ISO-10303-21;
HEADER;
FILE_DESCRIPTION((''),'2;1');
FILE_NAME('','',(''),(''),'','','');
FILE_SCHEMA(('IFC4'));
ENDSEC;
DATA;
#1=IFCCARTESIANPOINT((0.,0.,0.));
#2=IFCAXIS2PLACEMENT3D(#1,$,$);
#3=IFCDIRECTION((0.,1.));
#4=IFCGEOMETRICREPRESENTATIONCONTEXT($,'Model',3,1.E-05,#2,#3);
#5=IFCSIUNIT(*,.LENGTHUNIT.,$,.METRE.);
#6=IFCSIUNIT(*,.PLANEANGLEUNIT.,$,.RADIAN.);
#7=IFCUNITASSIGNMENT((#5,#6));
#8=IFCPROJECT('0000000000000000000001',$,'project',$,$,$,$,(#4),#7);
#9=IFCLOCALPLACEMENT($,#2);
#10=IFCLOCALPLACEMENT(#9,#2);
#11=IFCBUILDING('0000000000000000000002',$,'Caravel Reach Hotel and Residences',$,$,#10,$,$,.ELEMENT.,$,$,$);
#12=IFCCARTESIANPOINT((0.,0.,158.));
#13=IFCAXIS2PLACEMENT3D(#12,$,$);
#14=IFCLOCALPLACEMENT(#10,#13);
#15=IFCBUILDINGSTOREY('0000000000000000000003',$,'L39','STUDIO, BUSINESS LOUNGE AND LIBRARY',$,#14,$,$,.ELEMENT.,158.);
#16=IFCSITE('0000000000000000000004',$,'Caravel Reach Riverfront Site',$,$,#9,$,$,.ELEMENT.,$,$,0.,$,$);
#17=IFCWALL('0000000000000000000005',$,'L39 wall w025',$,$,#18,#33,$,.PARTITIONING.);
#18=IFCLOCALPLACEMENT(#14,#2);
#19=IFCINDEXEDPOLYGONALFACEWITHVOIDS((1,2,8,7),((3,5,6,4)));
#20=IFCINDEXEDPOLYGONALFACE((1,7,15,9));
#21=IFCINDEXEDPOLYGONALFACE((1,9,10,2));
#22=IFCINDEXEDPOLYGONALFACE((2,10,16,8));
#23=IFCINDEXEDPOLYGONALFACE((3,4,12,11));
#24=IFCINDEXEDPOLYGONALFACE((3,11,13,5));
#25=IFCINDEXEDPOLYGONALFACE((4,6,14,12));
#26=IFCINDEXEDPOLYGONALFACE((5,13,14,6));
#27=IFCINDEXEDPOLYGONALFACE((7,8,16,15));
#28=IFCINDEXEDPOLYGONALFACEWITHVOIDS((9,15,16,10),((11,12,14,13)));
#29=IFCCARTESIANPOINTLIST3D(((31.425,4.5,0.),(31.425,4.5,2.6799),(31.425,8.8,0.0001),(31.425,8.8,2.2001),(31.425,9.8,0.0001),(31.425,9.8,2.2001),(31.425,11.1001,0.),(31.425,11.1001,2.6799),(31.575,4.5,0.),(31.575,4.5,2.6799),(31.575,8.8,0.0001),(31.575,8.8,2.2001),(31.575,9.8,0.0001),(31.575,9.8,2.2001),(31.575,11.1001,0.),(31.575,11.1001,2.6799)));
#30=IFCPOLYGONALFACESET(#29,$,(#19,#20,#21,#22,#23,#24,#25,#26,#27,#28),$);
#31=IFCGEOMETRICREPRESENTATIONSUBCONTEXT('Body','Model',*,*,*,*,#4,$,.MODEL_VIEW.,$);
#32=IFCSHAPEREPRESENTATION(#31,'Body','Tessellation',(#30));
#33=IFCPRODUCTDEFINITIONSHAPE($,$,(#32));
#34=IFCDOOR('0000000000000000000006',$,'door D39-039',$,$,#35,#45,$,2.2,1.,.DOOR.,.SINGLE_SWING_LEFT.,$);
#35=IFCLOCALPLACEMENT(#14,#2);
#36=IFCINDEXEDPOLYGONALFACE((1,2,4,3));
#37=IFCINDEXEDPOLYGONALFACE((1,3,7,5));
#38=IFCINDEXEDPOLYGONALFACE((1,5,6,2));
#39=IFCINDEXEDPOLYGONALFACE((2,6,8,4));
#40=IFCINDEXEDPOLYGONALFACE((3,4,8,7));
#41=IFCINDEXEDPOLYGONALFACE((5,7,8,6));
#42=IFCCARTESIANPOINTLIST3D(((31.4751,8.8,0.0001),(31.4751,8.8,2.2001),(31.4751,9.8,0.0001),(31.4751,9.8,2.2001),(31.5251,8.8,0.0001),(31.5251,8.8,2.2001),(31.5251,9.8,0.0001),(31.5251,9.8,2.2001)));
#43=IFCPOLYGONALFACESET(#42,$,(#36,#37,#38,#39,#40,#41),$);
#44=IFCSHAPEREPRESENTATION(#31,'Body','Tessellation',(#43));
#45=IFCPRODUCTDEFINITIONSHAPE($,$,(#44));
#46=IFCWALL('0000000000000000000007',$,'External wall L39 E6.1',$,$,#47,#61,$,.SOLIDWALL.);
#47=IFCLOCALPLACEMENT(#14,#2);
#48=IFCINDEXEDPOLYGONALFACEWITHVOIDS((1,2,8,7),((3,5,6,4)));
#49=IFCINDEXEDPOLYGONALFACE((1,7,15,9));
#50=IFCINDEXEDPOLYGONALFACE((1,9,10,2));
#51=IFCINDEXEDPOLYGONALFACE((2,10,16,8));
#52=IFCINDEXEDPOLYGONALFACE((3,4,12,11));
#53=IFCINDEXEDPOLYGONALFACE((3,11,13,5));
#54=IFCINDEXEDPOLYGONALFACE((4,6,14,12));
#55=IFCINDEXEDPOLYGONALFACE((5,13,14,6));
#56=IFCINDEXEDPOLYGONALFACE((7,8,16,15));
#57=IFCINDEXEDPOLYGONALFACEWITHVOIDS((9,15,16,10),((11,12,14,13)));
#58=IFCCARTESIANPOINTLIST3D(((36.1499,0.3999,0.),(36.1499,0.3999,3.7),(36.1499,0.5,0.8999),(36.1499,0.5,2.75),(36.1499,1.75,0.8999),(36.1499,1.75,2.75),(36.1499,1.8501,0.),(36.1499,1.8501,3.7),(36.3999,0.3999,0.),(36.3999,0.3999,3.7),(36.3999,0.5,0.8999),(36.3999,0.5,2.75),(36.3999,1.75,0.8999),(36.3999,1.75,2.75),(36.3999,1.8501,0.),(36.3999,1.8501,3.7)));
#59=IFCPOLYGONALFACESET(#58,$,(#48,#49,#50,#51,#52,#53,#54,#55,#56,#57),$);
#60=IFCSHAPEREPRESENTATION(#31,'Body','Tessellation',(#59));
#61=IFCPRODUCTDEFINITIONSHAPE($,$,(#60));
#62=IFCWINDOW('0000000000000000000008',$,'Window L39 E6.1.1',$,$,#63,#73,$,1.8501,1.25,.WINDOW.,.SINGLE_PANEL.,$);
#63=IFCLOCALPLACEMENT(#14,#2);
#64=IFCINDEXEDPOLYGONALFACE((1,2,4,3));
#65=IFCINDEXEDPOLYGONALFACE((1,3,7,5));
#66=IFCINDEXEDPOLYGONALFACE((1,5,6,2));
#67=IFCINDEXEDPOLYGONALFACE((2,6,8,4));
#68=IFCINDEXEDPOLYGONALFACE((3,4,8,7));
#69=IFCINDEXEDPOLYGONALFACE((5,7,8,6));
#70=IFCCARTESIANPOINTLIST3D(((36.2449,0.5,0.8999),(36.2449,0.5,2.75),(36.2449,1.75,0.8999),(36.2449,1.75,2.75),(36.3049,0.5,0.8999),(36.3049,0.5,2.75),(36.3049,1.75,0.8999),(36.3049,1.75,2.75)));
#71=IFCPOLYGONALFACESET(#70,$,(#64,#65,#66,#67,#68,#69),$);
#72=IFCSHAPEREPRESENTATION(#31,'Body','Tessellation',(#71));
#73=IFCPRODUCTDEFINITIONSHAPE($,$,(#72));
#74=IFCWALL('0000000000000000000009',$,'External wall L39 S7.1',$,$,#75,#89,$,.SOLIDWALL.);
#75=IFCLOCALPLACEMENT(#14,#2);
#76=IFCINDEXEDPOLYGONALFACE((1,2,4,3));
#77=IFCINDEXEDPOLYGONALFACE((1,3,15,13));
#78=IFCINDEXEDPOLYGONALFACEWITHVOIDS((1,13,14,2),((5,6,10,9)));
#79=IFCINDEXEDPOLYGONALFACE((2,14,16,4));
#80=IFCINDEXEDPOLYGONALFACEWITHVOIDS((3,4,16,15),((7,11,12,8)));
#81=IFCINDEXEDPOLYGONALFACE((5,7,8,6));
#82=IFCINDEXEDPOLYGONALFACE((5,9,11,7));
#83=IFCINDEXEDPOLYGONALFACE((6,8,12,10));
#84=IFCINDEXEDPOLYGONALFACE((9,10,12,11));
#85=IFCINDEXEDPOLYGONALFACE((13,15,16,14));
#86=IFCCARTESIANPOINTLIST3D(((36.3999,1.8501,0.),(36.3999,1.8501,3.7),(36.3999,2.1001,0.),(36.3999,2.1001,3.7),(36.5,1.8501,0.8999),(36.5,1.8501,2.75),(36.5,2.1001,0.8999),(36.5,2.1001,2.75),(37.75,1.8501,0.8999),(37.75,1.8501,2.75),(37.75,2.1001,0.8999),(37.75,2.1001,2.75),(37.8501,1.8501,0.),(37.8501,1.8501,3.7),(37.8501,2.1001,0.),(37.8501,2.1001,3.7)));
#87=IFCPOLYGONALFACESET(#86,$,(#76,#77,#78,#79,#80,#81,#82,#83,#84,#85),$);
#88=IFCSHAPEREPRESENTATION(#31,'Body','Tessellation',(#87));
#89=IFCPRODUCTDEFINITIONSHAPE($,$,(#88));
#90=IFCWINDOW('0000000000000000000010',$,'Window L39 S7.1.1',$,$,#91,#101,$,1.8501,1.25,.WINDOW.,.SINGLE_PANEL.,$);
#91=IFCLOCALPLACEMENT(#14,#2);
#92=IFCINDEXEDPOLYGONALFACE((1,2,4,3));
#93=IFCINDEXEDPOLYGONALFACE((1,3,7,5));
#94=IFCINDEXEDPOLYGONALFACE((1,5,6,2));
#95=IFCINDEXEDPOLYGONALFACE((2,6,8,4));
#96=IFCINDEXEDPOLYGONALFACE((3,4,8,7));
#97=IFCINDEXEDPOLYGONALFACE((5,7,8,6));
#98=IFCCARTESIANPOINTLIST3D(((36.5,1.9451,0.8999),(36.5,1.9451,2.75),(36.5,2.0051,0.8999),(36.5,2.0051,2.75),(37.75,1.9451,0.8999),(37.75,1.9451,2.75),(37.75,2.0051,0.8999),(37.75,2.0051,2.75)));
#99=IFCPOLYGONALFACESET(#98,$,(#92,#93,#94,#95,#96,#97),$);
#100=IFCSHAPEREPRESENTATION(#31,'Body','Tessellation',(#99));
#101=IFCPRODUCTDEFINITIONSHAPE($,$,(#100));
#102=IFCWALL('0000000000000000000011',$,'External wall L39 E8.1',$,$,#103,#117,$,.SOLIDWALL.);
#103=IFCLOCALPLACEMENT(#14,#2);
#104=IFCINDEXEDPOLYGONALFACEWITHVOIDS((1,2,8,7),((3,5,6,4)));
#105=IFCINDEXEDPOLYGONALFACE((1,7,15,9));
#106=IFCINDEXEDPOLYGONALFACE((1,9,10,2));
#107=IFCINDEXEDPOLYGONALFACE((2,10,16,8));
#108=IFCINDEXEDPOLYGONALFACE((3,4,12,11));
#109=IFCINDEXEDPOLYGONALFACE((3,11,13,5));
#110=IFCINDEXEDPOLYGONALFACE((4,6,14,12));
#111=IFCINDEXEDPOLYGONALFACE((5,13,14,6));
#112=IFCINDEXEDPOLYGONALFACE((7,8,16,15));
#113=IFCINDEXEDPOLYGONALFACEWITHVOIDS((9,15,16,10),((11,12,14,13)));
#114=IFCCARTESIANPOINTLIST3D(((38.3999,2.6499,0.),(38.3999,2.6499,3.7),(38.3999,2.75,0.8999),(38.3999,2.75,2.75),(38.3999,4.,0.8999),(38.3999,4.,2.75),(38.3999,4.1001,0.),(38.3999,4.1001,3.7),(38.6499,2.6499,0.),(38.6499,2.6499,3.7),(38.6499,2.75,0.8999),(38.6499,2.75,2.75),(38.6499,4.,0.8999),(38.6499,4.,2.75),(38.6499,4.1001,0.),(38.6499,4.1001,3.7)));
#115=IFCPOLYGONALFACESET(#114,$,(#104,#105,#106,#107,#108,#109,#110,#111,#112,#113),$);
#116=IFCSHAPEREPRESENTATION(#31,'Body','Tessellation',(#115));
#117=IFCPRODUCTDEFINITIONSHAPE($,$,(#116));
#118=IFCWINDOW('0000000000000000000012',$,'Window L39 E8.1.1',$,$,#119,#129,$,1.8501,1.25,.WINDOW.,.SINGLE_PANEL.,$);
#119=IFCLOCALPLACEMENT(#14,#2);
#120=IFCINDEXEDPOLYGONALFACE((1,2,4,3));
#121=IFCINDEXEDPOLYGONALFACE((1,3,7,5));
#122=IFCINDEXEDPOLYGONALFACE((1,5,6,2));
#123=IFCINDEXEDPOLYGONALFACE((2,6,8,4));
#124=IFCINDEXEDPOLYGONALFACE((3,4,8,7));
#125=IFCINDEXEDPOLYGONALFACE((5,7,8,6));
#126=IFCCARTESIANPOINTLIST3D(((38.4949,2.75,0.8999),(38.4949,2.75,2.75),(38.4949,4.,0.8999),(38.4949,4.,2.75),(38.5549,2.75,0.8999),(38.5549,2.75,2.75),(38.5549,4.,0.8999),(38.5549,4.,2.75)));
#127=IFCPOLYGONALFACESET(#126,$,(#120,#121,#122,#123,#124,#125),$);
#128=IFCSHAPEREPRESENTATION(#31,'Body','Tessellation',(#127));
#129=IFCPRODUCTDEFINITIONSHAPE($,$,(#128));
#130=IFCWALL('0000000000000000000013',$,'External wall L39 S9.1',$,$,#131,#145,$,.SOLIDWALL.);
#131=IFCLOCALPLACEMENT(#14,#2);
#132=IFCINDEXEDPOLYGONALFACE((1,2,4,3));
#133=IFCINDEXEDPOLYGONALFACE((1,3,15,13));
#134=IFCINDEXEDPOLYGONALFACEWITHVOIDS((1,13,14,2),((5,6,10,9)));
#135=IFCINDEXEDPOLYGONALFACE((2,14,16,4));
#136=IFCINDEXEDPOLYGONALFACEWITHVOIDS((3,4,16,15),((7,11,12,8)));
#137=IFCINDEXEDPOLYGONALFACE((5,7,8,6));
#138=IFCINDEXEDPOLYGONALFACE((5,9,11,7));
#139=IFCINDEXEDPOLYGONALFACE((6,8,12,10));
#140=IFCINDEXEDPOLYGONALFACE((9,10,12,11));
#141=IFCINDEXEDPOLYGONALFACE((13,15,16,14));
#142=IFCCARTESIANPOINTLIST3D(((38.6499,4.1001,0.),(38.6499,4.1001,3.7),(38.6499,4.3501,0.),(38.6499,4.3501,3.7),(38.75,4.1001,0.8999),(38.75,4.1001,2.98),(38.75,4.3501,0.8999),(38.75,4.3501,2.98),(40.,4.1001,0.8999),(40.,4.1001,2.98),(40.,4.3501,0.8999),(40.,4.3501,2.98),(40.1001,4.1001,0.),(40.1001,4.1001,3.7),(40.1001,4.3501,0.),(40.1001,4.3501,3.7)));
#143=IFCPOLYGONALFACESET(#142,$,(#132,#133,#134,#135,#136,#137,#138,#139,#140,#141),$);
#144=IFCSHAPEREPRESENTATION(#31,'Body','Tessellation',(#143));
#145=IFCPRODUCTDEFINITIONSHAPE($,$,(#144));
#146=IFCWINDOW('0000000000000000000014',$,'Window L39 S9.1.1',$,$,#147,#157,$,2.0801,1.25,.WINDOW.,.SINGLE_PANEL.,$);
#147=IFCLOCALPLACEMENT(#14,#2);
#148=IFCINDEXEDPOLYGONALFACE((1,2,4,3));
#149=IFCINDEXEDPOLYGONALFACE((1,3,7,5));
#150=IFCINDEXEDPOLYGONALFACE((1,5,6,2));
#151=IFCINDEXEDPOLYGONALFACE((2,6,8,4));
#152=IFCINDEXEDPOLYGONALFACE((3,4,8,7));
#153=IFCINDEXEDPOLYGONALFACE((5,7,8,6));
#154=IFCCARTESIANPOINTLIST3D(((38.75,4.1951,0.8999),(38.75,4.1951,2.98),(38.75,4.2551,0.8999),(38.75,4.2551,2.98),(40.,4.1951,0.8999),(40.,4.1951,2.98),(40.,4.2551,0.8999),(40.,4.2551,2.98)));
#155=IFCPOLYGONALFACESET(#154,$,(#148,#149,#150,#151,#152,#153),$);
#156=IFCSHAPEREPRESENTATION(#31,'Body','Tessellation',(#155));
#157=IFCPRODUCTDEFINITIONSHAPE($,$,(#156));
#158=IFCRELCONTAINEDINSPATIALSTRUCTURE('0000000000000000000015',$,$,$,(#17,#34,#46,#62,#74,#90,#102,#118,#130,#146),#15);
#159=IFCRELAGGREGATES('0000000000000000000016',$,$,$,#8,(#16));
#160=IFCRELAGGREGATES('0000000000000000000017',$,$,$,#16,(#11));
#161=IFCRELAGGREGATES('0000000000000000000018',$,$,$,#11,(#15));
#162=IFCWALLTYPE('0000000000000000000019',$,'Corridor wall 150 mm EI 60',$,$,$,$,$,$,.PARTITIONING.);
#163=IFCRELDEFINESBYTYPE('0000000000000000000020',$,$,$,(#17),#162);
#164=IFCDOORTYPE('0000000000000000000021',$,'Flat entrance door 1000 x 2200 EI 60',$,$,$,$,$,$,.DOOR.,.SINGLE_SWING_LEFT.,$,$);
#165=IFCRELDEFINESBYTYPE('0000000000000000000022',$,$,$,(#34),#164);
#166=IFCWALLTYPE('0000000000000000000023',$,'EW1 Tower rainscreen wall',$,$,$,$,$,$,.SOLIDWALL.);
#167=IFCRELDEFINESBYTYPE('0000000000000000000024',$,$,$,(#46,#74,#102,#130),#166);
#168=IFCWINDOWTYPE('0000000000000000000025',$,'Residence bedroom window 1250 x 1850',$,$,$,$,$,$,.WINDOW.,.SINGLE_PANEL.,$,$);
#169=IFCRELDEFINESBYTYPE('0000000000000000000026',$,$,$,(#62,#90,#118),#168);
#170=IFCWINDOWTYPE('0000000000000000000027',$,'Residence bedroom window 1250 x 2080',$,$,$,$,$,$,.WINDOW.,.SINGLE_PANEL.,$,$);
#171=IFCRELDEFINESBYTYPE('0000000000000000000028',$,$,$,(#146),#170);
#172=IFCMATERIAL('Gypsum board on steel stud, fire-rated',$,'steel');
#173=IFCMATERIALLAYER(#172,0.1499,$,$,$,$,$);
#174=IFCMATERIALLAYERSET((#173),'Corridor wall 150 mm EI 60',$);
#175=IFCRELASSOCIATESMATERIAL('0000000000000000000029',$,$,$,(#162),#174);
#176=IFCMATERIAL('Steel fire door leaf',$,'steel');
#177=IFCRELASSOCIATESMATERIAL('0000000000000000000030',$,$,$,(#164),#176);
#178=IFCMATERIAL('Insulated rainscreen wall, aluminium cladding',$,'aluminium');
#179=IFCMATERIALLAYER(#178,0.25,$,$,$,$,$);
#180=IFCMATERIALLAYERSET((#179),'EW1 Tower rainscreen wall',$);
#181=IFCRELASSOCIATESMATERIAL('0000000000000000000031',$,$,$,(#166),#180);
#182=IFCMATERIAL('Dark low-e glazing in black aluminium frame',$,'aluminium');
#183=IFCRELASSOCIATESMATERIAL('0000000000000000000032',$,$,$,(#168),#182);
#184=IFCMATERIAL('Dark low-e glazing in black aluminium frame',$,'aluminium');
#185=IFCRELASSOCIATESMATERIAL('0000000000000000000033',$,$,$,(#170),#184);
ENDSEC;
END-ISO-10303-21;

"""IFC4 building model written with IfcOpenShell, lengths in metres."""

from ifc_helpers import new_model, si_unit, direction, frame, frame_2d, origin, place, context, subcontext, project, spatial, rectangle, extrude, material, layer, layer_set, type_object, element, fill, save


model = new_model("IFC4")

# Units and contexts
model_context = context("Model", 3, precision=1e-05, world=origin(), true_north=direction((0.0, 1.0)))
body_context = subcontext(model_context, "Body", "Model", "MODEL_VIEW")
ifc_project = project(units=[si_unit("LENGTHUNIT", "METRE"), si_unit("PLANEANGLEUNIT", "RADIAN")], contexts=[model_context])

# Site, building, storey
site_placement = place(None, origin())
site = spatial("IfcSite", under=ifc_project, at=site_placement, Name="Caravel Reach Riverfront Site", CompositionType="ELEMENT", RefElevation=0.0)
building_placement = place(site_placement, origin())
building = spatial("IfcBuilding", under=site, at=building_placement, Name="Caravel Reach Hotel and Residences", CompositionType="ELEMENT")
storey_placement = place(building_placement, frame((0.0, 0.0, 158.0)))
storey = spatial("IfcBuildingStorey", under=building, at=storey_placement, Name="L39", Description="STUDIO, BUSINESS LOUNGE AND LIBRARY", CompositionType="ELEMENT", Elevation=158.0)

# Wall, opening, door
ifc_material_1 = material(Name="Gypsum board on steel stud, fire-rated", Category="steel")
ifc_layer_1 = layer(ifc_material_1, 0.1499)
ifc_layer_set_1 = layer_set([ifc_layer_1], Name="Corridor wall 150 mm EI 60")
wall_type_1 = type_object("IfcWallType", Name="Corridor wall 150 mm EI 60", PredefinedType="PARTITIONING", material=ifc_layer_set_1)
wall_1_placement = place(storey_placement, frame((31.5, 4.5, 0.0), z_axis=(0.0, 0.0, 1.0), x_axis=(0.0, 1.0, 0.0)))
wall_1 = element("IfcWall", 1, at=wall_1_placement, inside=storey, type_object=wall_type_1, Name="L39 wall w025", PredefinedType="PARTITIONING", context=body_context, shape_type="SweptSolid", body=[
    extrude(rectangle(XDim=6.6001, YDim=0.1499, at=frame_2d((3.3, 0.0))), origin(), (0.0, 0.0, 1.0), 2.6799),
])
opening_1_placement = place(wall_1_placement, frame((4.3, 0.0, 0.0)))
opening_1 = element("IfcOpeningElement", 2, at=opening_1_placement, cuts=wall_1, PredefinedType="OPENING", context=body_context, shape_type="SweptSolid", body=[
    extrude(rectangle(XDim=1.0, YDim=2.2, at=frame_2d((0.5, 1.1001))), frame((0.0, 0.085, 0.0), z_axis=(0.0, -1.0, 0.0), x_axis=(1.0, 0.0, 0.0)), (0.0, 0.0, 1.0), 0.1699),
])
ifc_material_2 = material(Name="Steel fire door leaf", Category="steel")
door_type_1 = type_object("IfcDoorType", Name="Flat entrance door 1000 x 2200 EI 60", OperationType="SINGLE_SWING_LEFT", PredefinedType="DOOR", material=ifc_material_2)
door_1_placement = place(opening_1_placement, origin())
door_1 = element("IfcDoor", 3, at=door_1_placement, inside=storey, type_object=door_type_1, Name="door D39-039", OperationType="SINGLE_SWING_LEFT", OverallHeight=2.2, OverallWidth=1.0, PredefinedType="DOOR", context=body_context, shape_type="SweptSolid", body=[
    extrude(rectangle(XDim=1.0, YDim=2.2, at=frame_2d((0.5, 1.1001))), frame((0.0, 0.0249, 0.0), z_axis=(0.0, -1.0, 0.0), x_axis=(1.0, 0.0, 0.0)), (0.0, 0.0, 1.0), 0.05),
])
fill(opening_1, door_1)

# Walls, openings, windows
ifc_material_3 = material(Name="Insulated rainscreen wall, aluminium cladding", Category="aluminium")
ifc_layer_2 = layer(ifc_material_3, 0.25)
ifc_layer_set_2 = layer_set([ifc_layer_2], Name="EW1 Tower rainscreen wall")
wall_type_2 = type_object("IfcWallType", Name="EW1 Tower rainscreen wall", PredefinedType="SOLIDWALL", material=ifc_layer_set_2)
wall_2_placement = place(storey_placement, frame((36.2749, 0.3999, 0.0), z_axis=(0.0, 0.0, 1.0), x_axis=(0.0, 1.0, 0.0)))
wall_2 = element("IfcWall", 4, at=wall_2_placement, inside=storey, type_object=wall_type_2, Name="External wall L39 E6.1", PredefinedType="SOLIDWALL", context=body_context, shape_type="SweptSolid", body=[
    extrude(rectangle(XDim=1.4502, YDim=0.25, at=frame_2d((0.7251, 0.0))), origin(), (0.0, 0.0, 1.0), 3.7),
])
opening_2_placement = place(wall_2_placement, frame((0.1001, 0.0, 0.8999)))
opening_2 = element("IfcOpeningElement", 5, at=opening_2_placement, cuts=wall_2, PredefinedType="OPENING", context=body_context, shape_type="SweptSolid", body=[
    extrude(rectangle(XDim=1.25, YDim=1.8501, at=frame_2d((0.625, 0.925))), frame((0.0, 0.135, 0.0), z_axis=(0.0, -1.0, 0.0), x_axis=(1.0, 0.0, 0.0)), (0.0, 0.0, 1.0), 0.27),
])
ifc_material_4 = material(Name="Dark low-e glazing in black aluminium frame", Category="aluminium")
window_type_1 = type_object("IfcWindowType", Name="Residence bedroom window 1250 x 1850", PartitioningType="SINGLE_PANEL", PredefinedType="WINDOW", material=ifc_material_4)
window_1_placement = place(opening_2_placement, origin())
window_1 = element("IfcWindow", 6, at=window_1_placement, inside=storey, type_object=window_type_1, Name="Window L39 E6.1.1", OverallHeight=1.8501, OverallWidth=1.25, PartitioningType="SINGLE_PANEL", PredefinedType="WINDOW", context=body_context, shape_type="SweptSolid", body=[
    extrude(rectangle(XDim=1.25, YDim=1.8501, at=frame_2d((0.625, 0.925))), frame((0.0, 0.03, 0.0), z_axis=(0.0, -1.0, 0.0), x_axis=(1.0, 0.0, 0.0)), (0.0, 0.0, 1.0), 0.0601),
])
fill(opening_2, window_1)
wall_3_placement = place(storey_placement, frame((36.3999, 1.9751, 0.0), z_axis=(0.0, 0.0, 1.0), x_axis=(1.0, 0.0, 0.0)))
wall_3 = element("IfcWall", 7, at=wall_3_placement, inside=storey, type_object=wall_type_2, Name="External wall L39 S7.1", PredefinedType="SOLIDWALL", context=body_context, shape_type="SweptSolid", body=[
    extrude(rectangle(XDim=1.4502, YDim=0.25, at=frame_2d((0.7251, 0.0))), origin(), (0.0, 0.0, 1.0), 3.7),
])
opening_3_placement = place(wall_3_placement, frame((0.1001, 0.0, 0.8999)))
opening_3 = element("IfcOpeningElement", 8, at=opening_3_placement, cuts=wall_3, PredefinedType="OPENING", context=body_context, shape_type="SweptSolid", body=[
    extrude(rectangle(XDim=1.25, YDim=1.8501, at=frame_2d((0.625, 0.925))), frame((0.0, 0.135, 0.0), z_axis=(0.0, -1.0, 0.0), x_axis=(1.0, 0.0, 0.0)), (0.0, 0.0, 1.0), 0.27),
])
window_2_placement = place(opening_3_placement, origin())
window_2 = element("IfcWindow", 9, at=window_2_placement, inside=storey, type_object=window_type_1, Name="Window L39 S7.1.1", OverallHeight=1.8501, OverallWidth=1.25, PartitioningType="SINGLE_PANEL", PredefinedType="WINDOW", context=body_context, shape_type="SweptSolid", body=[
    extrude(rectangle(XDim=1.25, YDim=1.8501, at=frame_2d((0.625, 0.925))), frame((0.0, 0.03, 0.0), z_axis=(0.0, -1.0, 0.0), x_axis=(1.0, 0.0, 0.0)), (0.0, 0.0, 1.0), 0.0601),
])
fill(opening_3, window_2)
wall_4_placement = place(storey_placement, frame((38.5249, 2.6499, 0.0), z_axis=(0.0, 0.0, 1.0), x_axis=(0.0, 1.0, 0.0)))
wall_4 = element("IfcWall", 10, at=wall_4_placement, inside=storey, type_object=wall_type_2, Name="External wall L39 E8.1", PredefinedType="SOLIDWALL", context=body_context, shape_type="SweptSolid", body=[
    extrude(rectangle(XDim=1.4502, YDim=0.25, at=frame_2d((0.7251, 0.0))), origin(), (0.0, 0.0, 1.0), 3.7),
])
opening_4_placement = place(wall_4_placement, frame((0.1001, 0.0, 0.8999)))
opening_4 = element("IfcOpeningElement", 11, at=opening_4_placement, cuts=wall_4, PredefinedType="OPENING", context=body_context, shape_type="SweptSolid", body=[
    extrude(rectangle(XDim=1.25, YDim=1.8501, at=frame_2d((0.625, 0.925))), frame((0.0, 0.135, 0.0), z_axis=(0.0, -1.0, 0.0), x_axis=(1.0, 0.0, 0.0)), (0.0, 0.0, 1.0), 0.27),
])
window_3_placement = place(opening_4_placement, origin())
window_3 = element("IfcWindow", 12, at=window_3_placement, inside=storey, type_object=window_type_1, Name="Window L39 E8.1.1", OverallHeight=1.8501, OverallWidth=1.25, PartitioningType="SINGLE_PANEL", PredefinedType="WINDOW", context=body_context, shape_type="SweptSolid", body=[
    extrude(rectangle(XDim=1.25, YDim=1.8501, at=frame_2d((0.625, 0.925))), frame((0.0, 0.03, 0.0), z_axis=(0.0, -1.0, 0.0), x_axis=(1.0, 0.0, 0.0)), (0.0, 0.0, 1.0), 0.0601),
])
fill(opening_4, window_3)
wall_5_placement = place(storey_placement, frame((38.6499, 4.2251, 0.0), z_axis=(0.0, 0.0, 1.0), x_axis=(1.0, 0.0, 0.0)))
wall_5 = element("IfcWall", 13, at=wall_5_placement, inside=storey, type_object=wall_type_2, Name="External wall L39 S9.1", PredefinedType="SOLIDWALL", context=body_context, shape_type="SweptSolid", body=[
    extrude(rectangle(XDim=1.4502, YDim=0.25, at=frame_2d((0.7251, 0.0))), origin(), (0.0, 0.0, 1.0), 3.7),
])
opening_5_placement = place(wall_5_placement, frame((0.1001, 0.0, 0.8999)))
opening_5 = element("IfcOpeningElement", 14, at=opening_5_placement, cuts=wall_5, PredefinedType="OPENING", context=body_context, shape_type="SweptSolid", body=[
    extrude(rectangle(XDim=1.25, YDim=2.0801, at=frame_2d((0.625, 1.04))), frame((0.0, 0.135, 0.0), z_axis=(0.0, -1.0, 0.0), x_axis=(1.0, 0.0, 0.0)), (0.0, 0.0, 1.0), 0.27),
])
ifc_material_5 = material(Name="Dark low-e glazing in black aluminium frame", Category="aluminium")
window_type_2 = type_object("IfcWindowType", Name="Residence bedroom window 1250 x 2080", PartitioningType="SINGLE_PANEL", PredefinedType="WINDOW", material=ifc_material_5)
window_4_placement = place(opening_5_placement, origin())
window_4 = element("IfcWindow", 15, at=window_4_placement, inside=storey, type_object=window_type_2, Name="Window L39 S9.1.1", OverallHeight=2.0801, OverallWidth=1.25, PartitioningType="SINGLE_PANEL", PredefinedType="WINDOW", context=body_context, shape_type="SweptSolid", body=[
    extrude(rectangle(XDim=1.25, YDim=2.0801, at=frame_2d((0.625, 1.04))), frame((0.0, 0.03, 0.0), z_axis=(0.0, -1.0, 0.0), x_axis=(1.0, 0.0, 0.0)), (0.0, 0.0, 1.0), 0.0601),
])
fill(opening_5, window_4)

save(model, "model.ifc")
